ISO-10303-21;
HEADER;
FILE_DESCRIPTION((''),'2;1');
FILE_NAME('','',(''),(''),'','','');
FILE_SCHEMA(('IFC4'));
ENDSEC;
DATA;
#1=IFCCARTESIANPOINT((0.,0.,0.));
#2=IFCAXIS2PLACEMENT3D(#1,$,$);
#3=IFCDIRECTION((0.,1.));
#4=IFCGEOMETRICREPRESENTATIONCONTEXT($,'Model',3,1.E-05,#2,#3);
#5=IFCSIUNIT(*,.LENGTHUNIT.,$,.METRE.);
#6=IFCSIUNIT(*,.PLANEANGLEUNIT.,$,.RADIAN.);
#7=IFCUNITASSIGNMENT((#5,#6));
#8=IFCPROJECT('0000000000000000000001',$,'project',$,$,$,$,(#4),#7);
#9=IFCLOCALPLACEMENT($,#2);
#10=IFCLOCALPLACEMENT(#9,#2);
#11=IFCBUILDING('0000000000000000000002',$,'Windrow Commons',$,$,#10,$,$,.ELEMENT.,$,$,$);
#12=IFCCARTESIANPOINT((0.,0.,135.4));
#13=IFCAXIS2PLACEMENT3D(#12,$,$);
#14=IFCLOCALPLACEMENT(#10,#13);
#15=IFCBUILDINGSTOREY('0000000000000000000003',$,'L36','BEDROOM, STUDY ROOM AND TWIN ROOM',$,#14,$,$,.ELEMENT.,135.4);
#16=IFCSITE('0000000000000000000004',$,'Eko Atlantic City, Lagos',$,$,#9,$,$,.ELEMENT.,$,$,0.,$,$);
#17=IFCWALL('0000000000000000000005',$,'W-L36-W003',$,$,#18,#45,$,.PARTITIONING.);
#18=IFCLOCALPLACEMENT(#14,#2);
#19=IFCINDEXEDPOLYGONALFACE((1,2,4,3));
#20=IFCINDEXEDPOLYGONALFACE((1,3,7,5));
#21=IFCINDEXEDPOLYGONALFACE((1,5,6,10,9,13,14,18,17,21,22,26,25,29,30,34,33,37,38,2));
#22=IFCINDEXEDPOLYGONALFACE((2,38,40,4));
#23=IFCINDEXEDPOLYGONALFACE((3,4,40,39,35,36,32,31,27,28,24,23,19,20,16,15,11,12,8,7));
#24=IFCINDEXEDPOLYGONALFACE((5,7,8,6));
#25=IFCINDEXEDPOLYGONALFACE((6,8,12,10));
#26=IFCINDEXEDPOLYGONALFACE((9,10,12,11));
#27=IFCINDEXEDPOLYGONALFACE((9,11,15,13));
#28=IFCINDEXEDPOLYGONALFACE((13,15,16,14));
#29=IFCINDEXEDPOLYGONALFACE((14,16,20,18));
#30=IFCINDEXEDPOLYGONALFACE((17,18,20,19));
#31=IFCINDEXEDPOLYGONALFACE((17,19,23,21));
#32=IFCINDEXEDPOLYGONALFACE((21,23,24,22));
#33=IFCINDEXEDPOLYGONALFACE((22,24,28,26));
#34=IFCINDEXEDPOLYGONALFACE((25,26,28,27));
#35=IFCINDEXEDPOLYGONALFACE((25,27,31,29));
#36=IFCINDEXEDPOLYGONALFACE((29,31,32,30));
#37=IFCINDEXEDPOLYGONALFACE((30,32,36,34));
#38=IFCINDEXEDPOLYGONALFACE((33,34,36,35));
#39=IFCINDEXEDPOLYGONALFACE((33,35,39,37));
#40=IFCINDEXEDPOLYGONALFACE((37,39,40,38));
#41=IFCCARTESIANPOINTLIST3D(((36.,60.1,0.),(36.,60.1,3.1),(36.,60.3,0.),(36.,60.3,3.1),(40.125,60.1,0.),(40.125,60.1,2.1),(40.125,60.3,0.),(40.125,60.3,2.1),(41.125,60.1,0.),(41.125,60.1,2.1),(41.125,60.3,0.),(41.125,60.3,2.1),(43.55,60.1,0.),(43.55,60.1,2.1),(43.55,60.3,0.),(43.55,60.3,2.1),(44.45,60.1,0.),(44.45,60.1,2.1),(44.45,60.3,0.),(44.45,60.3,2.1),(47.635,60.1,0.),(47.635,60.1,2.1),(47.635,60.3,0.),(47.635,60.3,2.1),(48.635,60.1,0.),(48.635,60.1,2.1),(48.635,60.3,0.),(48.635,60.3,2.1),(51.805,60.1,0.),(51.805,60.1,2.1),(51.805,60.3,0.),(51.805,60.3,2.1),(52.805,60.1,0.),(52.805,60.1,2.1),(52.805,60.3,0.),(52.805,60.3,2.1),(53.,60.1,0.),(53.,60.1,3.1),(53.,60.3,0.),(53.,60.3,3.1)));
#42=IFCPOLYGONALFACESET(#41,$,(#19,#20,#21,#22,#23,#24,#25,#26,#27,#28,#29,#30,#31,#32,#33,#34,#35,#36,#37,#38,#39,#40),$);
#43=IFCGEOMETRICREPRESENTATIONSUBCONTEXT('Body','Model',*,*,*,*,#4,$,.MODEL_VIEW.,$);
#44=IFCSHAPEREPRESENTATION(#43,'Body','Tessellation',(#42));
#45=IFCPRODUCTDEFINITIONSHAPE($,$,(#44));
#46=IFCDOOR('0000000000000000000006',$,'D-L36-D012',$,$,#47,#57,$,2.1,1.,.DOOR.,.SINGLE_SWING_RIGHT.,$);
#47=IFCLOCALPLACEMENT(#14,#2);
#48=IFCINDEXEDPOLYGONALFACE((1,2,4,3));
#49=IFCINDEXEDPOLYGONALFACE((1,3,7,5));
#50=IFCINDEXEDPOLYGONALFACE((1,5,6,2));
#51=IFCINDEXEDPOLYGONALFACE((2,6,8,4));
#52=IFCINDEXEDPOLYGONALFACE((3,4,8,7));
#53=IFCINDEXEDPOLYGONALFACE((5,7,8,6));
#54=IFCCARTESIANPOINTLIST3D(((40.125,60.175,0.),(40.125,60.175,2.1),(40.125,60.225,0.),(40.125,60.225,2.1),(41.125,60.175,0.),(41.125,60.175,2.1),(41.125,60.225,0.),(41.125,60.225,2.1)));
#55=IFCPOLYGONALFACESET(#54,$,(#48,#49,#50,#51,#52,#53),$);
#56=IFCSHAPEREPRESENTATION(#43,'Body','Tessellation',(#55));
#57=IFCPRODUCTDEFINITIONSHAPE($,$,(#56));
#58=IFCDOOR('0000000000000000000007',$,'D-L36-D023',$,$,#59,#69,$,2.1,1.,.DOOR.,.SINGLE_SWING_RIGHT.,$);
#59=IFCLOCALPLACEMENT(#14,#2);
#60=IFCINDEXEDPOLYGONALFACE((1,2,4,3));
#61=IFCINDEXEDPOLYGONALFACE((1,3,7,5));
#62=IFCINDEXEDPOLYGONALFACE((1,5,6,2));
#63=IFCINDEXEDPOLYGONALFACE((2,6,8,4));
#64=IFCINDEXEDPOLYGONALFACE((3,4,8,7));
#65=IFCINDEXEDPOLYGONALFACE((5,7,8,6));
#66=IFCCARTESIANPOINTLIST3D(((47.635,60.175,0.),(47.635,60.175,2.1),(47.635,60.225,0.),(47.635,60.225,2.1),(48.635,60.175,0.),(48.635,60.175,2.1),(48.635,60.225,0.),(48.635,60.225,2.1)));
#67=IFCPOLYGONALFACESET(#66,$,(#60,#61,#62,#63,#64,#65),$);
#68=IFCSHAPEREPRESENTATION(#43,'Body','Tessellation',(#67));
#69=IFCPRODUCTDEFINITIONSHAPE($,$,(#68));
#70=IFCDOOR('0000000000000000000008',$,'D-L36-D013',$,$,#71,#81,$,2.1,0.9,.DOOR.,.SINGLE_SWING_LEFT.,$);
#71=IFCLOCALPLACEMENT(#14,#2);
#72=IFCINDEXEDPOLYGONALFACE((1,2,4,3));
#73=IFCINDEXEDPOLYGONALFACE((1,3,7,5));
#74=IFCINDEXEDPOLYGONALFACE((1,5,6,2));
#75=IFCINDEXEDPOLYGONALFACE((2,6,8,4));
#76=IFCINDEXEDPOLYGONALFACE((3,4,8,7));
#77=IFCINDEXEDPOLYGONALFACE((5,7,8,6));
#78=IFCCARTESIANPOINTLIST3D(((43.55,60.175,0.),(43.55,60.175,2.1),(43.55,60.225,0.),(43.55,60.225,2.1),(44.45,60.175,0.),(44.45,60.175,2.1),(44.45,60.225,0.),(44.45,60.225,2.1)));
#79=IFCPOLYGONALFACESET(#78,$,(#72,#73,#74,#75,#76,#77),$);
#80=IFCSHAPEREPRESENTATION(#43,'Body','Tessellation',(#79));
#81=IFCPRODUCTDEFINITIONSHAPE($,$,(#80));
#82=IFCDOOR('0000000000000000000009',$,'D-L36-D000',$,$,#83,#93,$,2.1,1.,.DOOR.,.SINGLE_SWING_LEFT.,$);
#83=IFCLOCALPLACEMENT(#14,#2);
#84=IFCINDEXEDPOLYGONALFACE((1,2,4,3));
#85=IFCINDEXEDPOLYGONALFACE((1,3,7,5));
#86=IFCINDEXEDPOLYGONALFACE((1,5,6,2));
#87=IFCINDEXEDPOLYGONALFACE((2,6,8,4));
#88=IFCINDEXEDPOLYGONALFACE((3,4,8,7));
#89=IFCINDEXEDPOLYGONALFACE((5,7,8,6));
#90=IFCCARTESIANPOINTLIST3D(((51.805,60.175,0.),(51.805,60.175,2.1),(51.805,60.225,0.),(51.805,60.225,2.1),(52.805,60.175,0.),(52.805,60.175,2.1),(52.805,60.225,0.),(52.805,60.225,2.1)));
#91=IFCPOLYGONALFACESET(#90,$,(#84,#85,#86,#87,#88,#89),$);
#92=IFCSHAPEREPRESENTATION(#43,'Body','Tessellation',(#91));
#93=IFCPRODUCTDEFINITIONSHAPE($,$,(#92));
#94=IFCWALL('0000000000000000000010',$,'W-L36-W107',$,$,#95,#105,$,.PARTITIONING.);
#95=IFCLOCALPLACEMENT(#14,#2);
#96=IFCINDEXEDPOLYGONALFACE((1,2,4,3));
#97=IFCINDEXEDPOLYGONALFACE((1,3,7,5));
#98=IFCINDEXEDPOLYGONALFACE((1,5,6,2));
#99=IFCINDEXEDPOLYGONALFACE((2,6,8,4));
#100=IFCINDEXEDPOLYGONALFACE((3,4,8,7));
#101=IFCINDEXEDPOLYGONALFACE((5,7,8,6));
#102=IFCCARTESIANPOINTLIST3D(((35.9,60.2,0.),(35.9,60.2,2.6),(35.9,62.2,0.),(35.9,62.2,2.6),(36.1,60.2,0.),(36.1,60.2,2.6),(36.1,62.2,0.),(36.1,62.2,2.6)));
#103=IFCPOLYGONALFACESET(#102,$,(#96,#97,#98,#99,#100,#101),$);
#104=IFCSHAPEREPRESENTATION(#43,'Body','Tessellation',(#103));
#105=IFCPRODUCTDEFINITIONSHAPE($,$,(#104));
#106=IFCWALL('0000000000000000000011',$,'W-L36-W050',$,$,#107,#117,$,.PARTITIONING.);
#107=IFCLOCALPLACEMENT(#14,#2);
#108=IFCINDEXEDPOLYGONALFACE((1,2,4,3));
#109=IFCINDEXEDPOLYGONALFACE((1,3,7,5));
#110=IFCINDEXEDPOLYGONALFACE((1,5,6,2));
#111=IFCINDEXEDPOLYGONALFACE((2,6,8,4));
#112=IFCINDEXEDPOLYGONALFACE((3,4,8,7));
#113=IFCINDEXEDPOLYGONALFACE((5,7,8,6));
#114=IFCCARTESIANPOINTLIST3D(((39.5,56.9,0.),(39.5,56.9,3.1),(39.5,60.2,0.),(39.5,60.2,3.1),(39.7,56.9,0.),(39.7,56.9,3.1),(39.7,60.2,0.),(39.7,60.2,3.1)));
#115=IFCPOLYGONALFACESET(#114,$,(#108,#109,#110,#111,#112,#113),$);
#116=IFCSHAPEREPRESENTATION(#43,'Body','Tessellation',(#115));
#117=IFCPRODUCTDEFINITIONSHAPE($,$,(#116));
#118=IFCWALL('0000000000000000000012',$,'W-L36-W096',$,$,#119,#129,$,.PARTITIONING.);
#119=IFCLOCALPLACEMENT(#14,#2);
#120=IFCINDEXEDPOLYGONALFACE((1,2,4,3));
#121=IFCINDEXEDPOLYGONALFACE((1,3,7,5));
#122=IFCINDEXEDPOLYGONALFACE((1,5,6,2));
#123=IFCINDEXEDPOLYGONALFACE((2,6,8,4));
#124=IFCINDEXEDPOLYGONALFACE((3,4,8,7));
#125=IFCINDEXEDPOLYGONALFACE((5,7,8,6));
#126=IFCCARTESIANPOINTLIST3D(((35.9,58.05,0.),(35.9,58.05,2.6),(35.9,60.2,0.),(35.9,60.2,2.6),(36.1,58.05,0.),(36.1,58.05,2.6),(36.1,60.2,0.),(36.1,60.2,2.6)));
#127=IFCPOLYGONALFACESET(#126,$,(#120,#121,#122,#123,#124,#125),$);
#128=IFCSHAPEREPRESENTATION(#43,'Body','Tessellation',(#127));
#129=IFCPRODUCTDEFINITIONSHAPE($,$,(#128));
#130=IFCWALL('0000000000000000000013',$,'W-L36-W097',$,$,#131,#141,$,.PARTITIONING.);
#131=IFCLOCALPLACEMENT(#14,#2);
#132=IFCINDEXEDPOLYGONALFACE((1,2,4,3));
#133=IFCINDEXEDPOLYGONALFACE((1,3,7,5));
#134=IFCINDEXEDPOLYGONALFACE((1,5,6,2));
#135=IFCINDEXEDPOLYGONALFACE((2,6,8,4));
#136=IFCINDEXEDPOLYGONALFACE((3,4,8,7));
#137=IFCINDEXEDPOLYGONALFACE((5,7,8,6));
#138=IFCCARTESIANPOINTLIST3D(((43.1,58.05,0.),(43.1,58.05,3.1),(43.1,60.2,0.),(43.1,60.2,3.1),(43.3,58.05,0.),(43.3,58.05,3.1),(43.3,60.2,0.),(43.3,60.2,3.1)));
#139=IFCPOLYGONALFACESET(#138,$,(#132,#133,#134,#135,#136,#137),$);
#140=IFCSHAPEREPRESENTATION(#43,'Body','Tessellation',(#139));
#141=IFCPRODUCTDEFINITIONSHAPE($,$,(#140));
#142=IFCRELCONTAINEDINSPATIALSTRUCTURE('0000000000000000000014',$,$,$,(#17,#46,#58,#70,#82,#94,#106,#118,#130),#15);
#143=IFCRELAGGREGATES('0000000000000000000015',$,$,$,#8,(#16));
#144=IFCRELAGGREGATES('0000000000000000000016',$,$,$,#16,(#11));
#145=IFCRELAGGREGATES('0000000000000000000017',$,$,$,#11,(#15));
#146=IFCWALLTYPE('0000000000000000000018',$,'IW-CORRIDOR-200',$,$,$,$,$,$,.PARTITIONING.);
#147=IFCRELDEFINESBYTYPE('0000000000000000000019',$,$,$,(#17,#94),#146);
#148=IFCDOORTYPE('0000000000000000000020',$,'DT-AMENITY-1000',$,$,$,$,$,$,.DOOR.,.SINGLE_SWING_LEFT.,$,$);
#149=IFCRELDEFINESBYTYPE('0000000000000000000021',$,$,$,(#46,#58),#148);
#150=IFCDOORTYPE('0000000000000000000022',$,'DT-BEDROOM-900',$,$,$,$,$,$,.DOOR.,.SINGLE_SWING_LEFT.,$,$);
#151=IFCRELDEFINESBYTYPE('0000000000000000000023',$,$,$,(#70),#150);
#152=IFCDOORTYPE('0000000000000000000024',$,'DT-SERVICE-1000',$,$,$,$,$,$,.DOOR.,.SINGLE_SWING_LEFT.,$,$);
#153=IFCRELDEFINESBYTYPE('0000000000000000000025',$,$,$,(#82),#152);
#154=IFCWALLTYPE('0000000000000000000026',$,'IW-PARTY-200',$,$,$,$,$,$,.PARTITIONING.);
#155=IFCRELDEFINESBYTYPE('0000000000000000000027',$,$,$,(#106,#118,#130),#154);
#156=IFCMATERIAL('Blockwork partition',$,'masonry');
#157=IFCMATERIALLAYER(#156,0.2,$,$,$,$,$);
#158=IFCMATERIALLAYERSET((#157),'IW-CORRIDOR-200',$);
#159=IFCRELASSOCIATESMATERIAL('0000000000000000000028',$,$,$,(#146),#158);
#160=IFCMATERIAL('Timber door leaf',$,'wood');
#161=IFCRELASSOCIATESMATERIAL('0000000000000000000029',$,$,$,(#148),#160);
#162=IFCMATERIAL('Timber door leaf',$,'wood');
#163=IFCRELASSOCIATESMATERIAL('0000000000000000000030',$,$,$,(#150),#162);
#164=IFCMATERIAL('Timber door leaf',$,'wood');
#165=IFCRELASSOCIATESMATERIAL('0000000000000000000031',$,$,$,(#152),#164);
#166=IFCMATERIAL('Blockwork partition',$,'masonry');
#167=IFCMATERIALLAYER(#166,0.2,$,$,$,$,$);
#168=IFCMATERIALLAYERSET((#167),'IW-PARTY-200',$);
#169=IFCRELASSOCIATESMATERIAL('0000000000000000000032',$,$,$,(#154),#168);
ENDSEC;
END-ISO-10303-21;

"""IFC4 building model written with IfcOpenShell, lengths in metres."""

from ifc_helpers import new_model, si_unit, direction, frame, frame_2d, origin, place, context, subcontext, project, spatial, rectangle, extrude, material, layer, layer_set, type_object, element, fill, save


model = new_model("IFC4")

# Units and contexts
model_context = context("Model", 3, precision=1e-05, world=origin(), true_north=direction((0.0, 1.0)))
body_context = subcontext(model_context, "Body", "Model", "MODEL_VIEW")
ifc_project = project(units=[si_unit("LENGTHUNIT", "METRE"), si_unit("PLANEANGLEUNIT", "RADIAN")], contexts=[model_context])

# Site, building, storey
site_placement = place(None, origin())
site = spatial("IfcSite", under=ifc_project, at=site_placement, Name="Eko Atlantic City, Lagos", CompositionType="ELEMENT", RefElevation=0.0)
building_placement = place(site_placement, origin())
building = spatial("IfcBuilding", under=site, at=building_placement, Name="Windrow Commons", CompositionType="ELEMENT")
storey_placement = place(building_placement, frame((0.0, 0.0, 135.4)))
storey = spatial("IfcBuildingStorey", under=building, at=storey_placement, Name="L36", Description="BEDROOM, STUDY ROOM AND TWIN ROOM", CompositionType="ELEMENT", Elevation=135.4)

# Wall, openings, doors
ifc_material_1 = material(Name="Blockwork partition", Category="masonry")
ifc_layer_1 = layer(ifc_material_1, 0.2)
ifc_layer_set_1 = layer_set([ifc_layer_1], Name="IW-CORRIDOR-200")
wall_type_1 = type_object("IfcWallType", Name="IW-CORRIDOR-200", PredefinedType="PARTITIONING", material=ifc_layer_set_1)
wall_1_placement = place(storey_placement, frame((36.0, 60.2, 0.0), z_axis=(0.0, 0.0, 1.0), x_axis=(1.0, 0.0, 0.0)))
wall_1 = element("IfcWall", 1, at=wall_1_placement, inside=storey, type_object=wall_type_1, Name="W-L36-W003", PredefinedType="PARTITIONING", context=body_context, shape_type="SweptSolid", body=[
    extrude(rectangle(XDim=17.0, YDim=0.2, at=frame_2d((8.5, 0.0))), origin(), (0.0, 0.0, 1.0), 3.1),
])
opening_1_placement = place(wall_1_placement, frame((15.805, 0.0, 0.0)))
opening_1 = element("IfcOpeningElement", 2, at=opening_1_placement, cuts=wall_1, PredefinedType="OPENING", context=body_context, shape_type="SweptSolid", body=[
    extrude(rectangle(XDim=1.0, YDim=2.1, at=frame_2d((0.5, 1.05))), frame((0.0, 0.11, 0.0), z_axis=(0.0, -1.0, 0.0), x_axis=(1.0, 0.0, 0.0)), (0.0, 0.0, 1.0), 0.22),
])
opening_2_placement = place(wall_1_placement, frame((4.125, 0.0, 0.0)))
opening_2 = element("IfcOpeningElement", 3, at=opening_2_placement, cuts=wall_1, PredefinedType="OPENING", context=body_context, shape_type="SweptSolid", body=[
    extrude(rectangle(XDim=1.0, YDim=2.1, at=frame_2d((0.5, 1.05))), frame((0.0, 0.11, 0.0), z_axis=(0.0, -1.0, 0.0), x_axis=(1.0, 0.0, 0.0)), (0.0, 0.0, 1.0), 0.22),
])
opening_3_placement = place(wall_1_placement, frame((7.55, 0.0, 0.0)))
opening_3 = element("IfcOpeningElement", 4, at=opening_3_placement, cuts=wall_1, PredefinedType="OPENING", context=body_context, shape_type="SweptSolid", body=[
    extrude(rectangle(XDim=0.9, YDim=2.1, at=frame_2d((0.45, 1.05))), frame((0.0, 0.11, 0.0), z_axis=(0.0, -1.0, 0.0), x_axis=(1.0, 0.0, 0.0)), (0.0, 0.0, 1.0), 0.22),
])
opening_4_placement = place(wall_1_placement, frame((11.635, 0.0, 0.0)))
opening_4 = element("IfcOpeningElement", 5, at=opening_4_placement, cuts=wall_1, PredefinedType="OPENING", context=body_context, shape_type="SweptSolid", body=[
    extrude(rectangle(XDim=1.0, YDim=2.1, at=frame_2d((0.5, 1.05))), frame((0.0, 0.11, 0.0), z_axis=(0.0, -1.0, 0.0), x_axis=(1.0, 0.0, 0.0)), (0.0, 0.0, 1.0), 0.22),
])
ifc_material_2 = material(Name="Timber door leaf", Category="wood")
door_type_1 = type_object("IfcDoorType", Name="DT-AMENITY-1000", OperationType="SINGLE_SWING_LEFT", PredefinedType="DOOR", material=ifc_material_2)
door_1_placement = place(opening_2_placement, origin())
door_1 = element("IfcDoor", 6, at=door_1_placement, inside=storey, type_object=door_type_1, Name="D-L36-D012", OperationType="SINGLE_SWING_RIGHT", OverallHeight=2.1, OverallWidth=1.0, PredefinedType="DOOR", context=body_context, shape_type="SweptSolid", body=[
    extrude(rectangle(XDim=1.0, YDim=2.1, at=frame_2d((0.5, 1.05))), frame((0.0, 0.025, 0.0), z_axis=(0.0, -1.0, 0.0), x_axis=(1.0, 0.0, 0.0)), (0.0, 0.0, 1.0), 0.05),
])
fill(opening_2, door_1)
door_2_placement = place(opening_4_placement, origin())
door_2 = element("IfcDoor", 7, at=door_2_placement, inside=storey, type_object=door_type_1, Name="D-L36-D023", OperationType="SINGLE_SWING_RIGHT", OverallHeight=2.1, OverallWidth=1.0, PredefinedType="DOOR", context=body_context, shape_type="SweptSolid", body=[
    extrude(rectangle(XDim=1.0, YDim=2.1, at=frame_2d((0.5, 1.05))), frame((0.0, 0.025, 0.0), z_axis=(0.0, -1.0, 0.0), x_axis=(1.0, 0.0, 0.0)), (0.0, 0.0, 1.0), 0.05),
])
fill(opening_4, door_2)
ifc_material_3 = material(Name="Timber door leaf", Category="wood")
door_type_2 = type_object("IfcDoorType", Name="DT-BEDROOM-900", OperationType="SINGLE_SWING_LEFT", PredefinedType="DOOR", material=ifc_material_3)
door_3_placement = place(opening_3_placement, origin())
door_3 = element("IfcDoor", 8, at=door_3_placement, inside=storey, type_object=door_type_2, Name="D-L36-D013", OperationType="SINGLE_SWING_LEFT", OverallHeight=2.1, OverallWidth=0.9, PredefinedType="DOOR", context=body_context, shape_type="SweptSolid", body=[
    extrude(rectangle(XDim=0.9, YDim=2.1, at=frame_2d((0.45, 1.05))), frame((0.0, 0.025, 0.0), z_axis=(0.0, -1.0, 0.0), x_axis=(1.0, 0.0, 0.0)), (0.0, 0.0, 1.0), 0.05),
])
fill(opening_3, door_3)
ifc_material_4 = material(Name="Timber door leaf", Category="wood")
door_type_3 = type_object("IfcDoorType", Name="DT-SERVICE-1000", OperationType="SINGLE_SWING_LEFT", PredefinedType="DOOR", material=ifc_material_4)
door_4_placement = place(opening_1_placement, origin())
door_4 = element("IfcDoor", 9, at=door_4_placement, inside=storey, type_object=door_type_3, Name="D-L36-D000", OperationType="SINGLE_SWING_LEFT", OverallHeight=2.1, OverallWidth=1.0, PredefinedType="DOOR", context=body_context, shape_type="SweptSolid", body=[
    extrude(rectangle(XDim=1.0, YDim=2.1, at=frame_2d((0.5, 1.05))), frame((0.0, 0.025, 0.0), z_axis=(0.0, -1.0, 0.0), x_axis=(1.0, 0.0, 0.0)), (0.0, 0.0, 1.0), 0.05),
])
fill(opening_1, door_4)

# Walls
wall_2_placement = place(storey_placement, frame((36.0, 60.2, 0.0), z_axis=(0.0, 0.0, 1.0), x_axis=(0.0, 1.0, 0.0)))
element("IfcWall", 10, at=wall_2_placement, inside=storey, type_object=wall_type_1, Name="W-L36-W107", PredefinedType="PARTITIONING", context=body_context, shape_type="SweptSolid", body=[
    extrude(rectangle(XDim=2.0, YDim=0.2, at=frame_2d((1.0, 0.0))), origin(), (0.0, 0.0, 1.0), 2.6),
])
ifc_material_5 = material(Name="Blockwork partition", Category="masonry")
ifc_layer_2 = layer(ifc_material_5, 0.2)
ifc_layer_set_2 = layer_set([ifc_layer_2], Name="IW-PARTY-200")
wall_type_2 = type_object("IfcWallType", Name="IW-PARTY-200", PredefinedType="PARTITIONING", material=ifc_layer_set_2)
wall_3_placement = place(storey_placement, frame((39.6, 56.9, 0.0), z_axis=(0.0, 0.0, 1.0), x_axis=(0.0, 1.0, 0.0)))
element("IfcWall", 11, at=wall_3_placement, inside=storey, type_object=wall_type_2, Name="W-L36-W050", PredefinedType="PARTITIONING", context=body_context, shape_type="SweptSolid", body=[
    extrude(rectangle(XDim=3.3, YDim=0.2, at=frame_2d((1.65, 0.0))), origin(), (0.0, 0.0, 1.0), 3.1),
])
wall_4_placement = place(storey_placement, frame((36.0, 58.05, 0.0), z_axis=(0.0, 0.0, 1.0), x_axis=(0.0, 1.0, 0.0)))
element("IfcWall", 12, at=wall_4_placement, inside=storey, type_object=wall_type_2, Name="W-L36-W096", PredefinedType="PARTITIONING", context=body_context, shape_type="SweptSolid", body=[
    extrude(rectangle(XDim=2.15, YDim=0.2, at=frame_2d((1.075, 0.0))), origin(), (0.0, 0.0, 1.0), 2.6),
])
wall_5_placement = place(storey_placement, frame((43.2, 58.05, 0.0), z_axis=(0.0, 0.0, 1.0), x_axis=(0.0, 1.0, 0.0)))
element("IfcWall", 13, at=wall_5_placement, inside=storey, type_object=wall_type_2, Name="W-L36-W097", PredefinedType="PARTITIONING", context=body_context, shape_type="SweptSolid", body=[
    extrude(rectangle(XDim=2.15, YDim=0.2, at=frame_2d((1.075, 0.0))), origin(), (0.0, 0.0, 1.0), 3.1),
])

save(model, "model.ifc")
